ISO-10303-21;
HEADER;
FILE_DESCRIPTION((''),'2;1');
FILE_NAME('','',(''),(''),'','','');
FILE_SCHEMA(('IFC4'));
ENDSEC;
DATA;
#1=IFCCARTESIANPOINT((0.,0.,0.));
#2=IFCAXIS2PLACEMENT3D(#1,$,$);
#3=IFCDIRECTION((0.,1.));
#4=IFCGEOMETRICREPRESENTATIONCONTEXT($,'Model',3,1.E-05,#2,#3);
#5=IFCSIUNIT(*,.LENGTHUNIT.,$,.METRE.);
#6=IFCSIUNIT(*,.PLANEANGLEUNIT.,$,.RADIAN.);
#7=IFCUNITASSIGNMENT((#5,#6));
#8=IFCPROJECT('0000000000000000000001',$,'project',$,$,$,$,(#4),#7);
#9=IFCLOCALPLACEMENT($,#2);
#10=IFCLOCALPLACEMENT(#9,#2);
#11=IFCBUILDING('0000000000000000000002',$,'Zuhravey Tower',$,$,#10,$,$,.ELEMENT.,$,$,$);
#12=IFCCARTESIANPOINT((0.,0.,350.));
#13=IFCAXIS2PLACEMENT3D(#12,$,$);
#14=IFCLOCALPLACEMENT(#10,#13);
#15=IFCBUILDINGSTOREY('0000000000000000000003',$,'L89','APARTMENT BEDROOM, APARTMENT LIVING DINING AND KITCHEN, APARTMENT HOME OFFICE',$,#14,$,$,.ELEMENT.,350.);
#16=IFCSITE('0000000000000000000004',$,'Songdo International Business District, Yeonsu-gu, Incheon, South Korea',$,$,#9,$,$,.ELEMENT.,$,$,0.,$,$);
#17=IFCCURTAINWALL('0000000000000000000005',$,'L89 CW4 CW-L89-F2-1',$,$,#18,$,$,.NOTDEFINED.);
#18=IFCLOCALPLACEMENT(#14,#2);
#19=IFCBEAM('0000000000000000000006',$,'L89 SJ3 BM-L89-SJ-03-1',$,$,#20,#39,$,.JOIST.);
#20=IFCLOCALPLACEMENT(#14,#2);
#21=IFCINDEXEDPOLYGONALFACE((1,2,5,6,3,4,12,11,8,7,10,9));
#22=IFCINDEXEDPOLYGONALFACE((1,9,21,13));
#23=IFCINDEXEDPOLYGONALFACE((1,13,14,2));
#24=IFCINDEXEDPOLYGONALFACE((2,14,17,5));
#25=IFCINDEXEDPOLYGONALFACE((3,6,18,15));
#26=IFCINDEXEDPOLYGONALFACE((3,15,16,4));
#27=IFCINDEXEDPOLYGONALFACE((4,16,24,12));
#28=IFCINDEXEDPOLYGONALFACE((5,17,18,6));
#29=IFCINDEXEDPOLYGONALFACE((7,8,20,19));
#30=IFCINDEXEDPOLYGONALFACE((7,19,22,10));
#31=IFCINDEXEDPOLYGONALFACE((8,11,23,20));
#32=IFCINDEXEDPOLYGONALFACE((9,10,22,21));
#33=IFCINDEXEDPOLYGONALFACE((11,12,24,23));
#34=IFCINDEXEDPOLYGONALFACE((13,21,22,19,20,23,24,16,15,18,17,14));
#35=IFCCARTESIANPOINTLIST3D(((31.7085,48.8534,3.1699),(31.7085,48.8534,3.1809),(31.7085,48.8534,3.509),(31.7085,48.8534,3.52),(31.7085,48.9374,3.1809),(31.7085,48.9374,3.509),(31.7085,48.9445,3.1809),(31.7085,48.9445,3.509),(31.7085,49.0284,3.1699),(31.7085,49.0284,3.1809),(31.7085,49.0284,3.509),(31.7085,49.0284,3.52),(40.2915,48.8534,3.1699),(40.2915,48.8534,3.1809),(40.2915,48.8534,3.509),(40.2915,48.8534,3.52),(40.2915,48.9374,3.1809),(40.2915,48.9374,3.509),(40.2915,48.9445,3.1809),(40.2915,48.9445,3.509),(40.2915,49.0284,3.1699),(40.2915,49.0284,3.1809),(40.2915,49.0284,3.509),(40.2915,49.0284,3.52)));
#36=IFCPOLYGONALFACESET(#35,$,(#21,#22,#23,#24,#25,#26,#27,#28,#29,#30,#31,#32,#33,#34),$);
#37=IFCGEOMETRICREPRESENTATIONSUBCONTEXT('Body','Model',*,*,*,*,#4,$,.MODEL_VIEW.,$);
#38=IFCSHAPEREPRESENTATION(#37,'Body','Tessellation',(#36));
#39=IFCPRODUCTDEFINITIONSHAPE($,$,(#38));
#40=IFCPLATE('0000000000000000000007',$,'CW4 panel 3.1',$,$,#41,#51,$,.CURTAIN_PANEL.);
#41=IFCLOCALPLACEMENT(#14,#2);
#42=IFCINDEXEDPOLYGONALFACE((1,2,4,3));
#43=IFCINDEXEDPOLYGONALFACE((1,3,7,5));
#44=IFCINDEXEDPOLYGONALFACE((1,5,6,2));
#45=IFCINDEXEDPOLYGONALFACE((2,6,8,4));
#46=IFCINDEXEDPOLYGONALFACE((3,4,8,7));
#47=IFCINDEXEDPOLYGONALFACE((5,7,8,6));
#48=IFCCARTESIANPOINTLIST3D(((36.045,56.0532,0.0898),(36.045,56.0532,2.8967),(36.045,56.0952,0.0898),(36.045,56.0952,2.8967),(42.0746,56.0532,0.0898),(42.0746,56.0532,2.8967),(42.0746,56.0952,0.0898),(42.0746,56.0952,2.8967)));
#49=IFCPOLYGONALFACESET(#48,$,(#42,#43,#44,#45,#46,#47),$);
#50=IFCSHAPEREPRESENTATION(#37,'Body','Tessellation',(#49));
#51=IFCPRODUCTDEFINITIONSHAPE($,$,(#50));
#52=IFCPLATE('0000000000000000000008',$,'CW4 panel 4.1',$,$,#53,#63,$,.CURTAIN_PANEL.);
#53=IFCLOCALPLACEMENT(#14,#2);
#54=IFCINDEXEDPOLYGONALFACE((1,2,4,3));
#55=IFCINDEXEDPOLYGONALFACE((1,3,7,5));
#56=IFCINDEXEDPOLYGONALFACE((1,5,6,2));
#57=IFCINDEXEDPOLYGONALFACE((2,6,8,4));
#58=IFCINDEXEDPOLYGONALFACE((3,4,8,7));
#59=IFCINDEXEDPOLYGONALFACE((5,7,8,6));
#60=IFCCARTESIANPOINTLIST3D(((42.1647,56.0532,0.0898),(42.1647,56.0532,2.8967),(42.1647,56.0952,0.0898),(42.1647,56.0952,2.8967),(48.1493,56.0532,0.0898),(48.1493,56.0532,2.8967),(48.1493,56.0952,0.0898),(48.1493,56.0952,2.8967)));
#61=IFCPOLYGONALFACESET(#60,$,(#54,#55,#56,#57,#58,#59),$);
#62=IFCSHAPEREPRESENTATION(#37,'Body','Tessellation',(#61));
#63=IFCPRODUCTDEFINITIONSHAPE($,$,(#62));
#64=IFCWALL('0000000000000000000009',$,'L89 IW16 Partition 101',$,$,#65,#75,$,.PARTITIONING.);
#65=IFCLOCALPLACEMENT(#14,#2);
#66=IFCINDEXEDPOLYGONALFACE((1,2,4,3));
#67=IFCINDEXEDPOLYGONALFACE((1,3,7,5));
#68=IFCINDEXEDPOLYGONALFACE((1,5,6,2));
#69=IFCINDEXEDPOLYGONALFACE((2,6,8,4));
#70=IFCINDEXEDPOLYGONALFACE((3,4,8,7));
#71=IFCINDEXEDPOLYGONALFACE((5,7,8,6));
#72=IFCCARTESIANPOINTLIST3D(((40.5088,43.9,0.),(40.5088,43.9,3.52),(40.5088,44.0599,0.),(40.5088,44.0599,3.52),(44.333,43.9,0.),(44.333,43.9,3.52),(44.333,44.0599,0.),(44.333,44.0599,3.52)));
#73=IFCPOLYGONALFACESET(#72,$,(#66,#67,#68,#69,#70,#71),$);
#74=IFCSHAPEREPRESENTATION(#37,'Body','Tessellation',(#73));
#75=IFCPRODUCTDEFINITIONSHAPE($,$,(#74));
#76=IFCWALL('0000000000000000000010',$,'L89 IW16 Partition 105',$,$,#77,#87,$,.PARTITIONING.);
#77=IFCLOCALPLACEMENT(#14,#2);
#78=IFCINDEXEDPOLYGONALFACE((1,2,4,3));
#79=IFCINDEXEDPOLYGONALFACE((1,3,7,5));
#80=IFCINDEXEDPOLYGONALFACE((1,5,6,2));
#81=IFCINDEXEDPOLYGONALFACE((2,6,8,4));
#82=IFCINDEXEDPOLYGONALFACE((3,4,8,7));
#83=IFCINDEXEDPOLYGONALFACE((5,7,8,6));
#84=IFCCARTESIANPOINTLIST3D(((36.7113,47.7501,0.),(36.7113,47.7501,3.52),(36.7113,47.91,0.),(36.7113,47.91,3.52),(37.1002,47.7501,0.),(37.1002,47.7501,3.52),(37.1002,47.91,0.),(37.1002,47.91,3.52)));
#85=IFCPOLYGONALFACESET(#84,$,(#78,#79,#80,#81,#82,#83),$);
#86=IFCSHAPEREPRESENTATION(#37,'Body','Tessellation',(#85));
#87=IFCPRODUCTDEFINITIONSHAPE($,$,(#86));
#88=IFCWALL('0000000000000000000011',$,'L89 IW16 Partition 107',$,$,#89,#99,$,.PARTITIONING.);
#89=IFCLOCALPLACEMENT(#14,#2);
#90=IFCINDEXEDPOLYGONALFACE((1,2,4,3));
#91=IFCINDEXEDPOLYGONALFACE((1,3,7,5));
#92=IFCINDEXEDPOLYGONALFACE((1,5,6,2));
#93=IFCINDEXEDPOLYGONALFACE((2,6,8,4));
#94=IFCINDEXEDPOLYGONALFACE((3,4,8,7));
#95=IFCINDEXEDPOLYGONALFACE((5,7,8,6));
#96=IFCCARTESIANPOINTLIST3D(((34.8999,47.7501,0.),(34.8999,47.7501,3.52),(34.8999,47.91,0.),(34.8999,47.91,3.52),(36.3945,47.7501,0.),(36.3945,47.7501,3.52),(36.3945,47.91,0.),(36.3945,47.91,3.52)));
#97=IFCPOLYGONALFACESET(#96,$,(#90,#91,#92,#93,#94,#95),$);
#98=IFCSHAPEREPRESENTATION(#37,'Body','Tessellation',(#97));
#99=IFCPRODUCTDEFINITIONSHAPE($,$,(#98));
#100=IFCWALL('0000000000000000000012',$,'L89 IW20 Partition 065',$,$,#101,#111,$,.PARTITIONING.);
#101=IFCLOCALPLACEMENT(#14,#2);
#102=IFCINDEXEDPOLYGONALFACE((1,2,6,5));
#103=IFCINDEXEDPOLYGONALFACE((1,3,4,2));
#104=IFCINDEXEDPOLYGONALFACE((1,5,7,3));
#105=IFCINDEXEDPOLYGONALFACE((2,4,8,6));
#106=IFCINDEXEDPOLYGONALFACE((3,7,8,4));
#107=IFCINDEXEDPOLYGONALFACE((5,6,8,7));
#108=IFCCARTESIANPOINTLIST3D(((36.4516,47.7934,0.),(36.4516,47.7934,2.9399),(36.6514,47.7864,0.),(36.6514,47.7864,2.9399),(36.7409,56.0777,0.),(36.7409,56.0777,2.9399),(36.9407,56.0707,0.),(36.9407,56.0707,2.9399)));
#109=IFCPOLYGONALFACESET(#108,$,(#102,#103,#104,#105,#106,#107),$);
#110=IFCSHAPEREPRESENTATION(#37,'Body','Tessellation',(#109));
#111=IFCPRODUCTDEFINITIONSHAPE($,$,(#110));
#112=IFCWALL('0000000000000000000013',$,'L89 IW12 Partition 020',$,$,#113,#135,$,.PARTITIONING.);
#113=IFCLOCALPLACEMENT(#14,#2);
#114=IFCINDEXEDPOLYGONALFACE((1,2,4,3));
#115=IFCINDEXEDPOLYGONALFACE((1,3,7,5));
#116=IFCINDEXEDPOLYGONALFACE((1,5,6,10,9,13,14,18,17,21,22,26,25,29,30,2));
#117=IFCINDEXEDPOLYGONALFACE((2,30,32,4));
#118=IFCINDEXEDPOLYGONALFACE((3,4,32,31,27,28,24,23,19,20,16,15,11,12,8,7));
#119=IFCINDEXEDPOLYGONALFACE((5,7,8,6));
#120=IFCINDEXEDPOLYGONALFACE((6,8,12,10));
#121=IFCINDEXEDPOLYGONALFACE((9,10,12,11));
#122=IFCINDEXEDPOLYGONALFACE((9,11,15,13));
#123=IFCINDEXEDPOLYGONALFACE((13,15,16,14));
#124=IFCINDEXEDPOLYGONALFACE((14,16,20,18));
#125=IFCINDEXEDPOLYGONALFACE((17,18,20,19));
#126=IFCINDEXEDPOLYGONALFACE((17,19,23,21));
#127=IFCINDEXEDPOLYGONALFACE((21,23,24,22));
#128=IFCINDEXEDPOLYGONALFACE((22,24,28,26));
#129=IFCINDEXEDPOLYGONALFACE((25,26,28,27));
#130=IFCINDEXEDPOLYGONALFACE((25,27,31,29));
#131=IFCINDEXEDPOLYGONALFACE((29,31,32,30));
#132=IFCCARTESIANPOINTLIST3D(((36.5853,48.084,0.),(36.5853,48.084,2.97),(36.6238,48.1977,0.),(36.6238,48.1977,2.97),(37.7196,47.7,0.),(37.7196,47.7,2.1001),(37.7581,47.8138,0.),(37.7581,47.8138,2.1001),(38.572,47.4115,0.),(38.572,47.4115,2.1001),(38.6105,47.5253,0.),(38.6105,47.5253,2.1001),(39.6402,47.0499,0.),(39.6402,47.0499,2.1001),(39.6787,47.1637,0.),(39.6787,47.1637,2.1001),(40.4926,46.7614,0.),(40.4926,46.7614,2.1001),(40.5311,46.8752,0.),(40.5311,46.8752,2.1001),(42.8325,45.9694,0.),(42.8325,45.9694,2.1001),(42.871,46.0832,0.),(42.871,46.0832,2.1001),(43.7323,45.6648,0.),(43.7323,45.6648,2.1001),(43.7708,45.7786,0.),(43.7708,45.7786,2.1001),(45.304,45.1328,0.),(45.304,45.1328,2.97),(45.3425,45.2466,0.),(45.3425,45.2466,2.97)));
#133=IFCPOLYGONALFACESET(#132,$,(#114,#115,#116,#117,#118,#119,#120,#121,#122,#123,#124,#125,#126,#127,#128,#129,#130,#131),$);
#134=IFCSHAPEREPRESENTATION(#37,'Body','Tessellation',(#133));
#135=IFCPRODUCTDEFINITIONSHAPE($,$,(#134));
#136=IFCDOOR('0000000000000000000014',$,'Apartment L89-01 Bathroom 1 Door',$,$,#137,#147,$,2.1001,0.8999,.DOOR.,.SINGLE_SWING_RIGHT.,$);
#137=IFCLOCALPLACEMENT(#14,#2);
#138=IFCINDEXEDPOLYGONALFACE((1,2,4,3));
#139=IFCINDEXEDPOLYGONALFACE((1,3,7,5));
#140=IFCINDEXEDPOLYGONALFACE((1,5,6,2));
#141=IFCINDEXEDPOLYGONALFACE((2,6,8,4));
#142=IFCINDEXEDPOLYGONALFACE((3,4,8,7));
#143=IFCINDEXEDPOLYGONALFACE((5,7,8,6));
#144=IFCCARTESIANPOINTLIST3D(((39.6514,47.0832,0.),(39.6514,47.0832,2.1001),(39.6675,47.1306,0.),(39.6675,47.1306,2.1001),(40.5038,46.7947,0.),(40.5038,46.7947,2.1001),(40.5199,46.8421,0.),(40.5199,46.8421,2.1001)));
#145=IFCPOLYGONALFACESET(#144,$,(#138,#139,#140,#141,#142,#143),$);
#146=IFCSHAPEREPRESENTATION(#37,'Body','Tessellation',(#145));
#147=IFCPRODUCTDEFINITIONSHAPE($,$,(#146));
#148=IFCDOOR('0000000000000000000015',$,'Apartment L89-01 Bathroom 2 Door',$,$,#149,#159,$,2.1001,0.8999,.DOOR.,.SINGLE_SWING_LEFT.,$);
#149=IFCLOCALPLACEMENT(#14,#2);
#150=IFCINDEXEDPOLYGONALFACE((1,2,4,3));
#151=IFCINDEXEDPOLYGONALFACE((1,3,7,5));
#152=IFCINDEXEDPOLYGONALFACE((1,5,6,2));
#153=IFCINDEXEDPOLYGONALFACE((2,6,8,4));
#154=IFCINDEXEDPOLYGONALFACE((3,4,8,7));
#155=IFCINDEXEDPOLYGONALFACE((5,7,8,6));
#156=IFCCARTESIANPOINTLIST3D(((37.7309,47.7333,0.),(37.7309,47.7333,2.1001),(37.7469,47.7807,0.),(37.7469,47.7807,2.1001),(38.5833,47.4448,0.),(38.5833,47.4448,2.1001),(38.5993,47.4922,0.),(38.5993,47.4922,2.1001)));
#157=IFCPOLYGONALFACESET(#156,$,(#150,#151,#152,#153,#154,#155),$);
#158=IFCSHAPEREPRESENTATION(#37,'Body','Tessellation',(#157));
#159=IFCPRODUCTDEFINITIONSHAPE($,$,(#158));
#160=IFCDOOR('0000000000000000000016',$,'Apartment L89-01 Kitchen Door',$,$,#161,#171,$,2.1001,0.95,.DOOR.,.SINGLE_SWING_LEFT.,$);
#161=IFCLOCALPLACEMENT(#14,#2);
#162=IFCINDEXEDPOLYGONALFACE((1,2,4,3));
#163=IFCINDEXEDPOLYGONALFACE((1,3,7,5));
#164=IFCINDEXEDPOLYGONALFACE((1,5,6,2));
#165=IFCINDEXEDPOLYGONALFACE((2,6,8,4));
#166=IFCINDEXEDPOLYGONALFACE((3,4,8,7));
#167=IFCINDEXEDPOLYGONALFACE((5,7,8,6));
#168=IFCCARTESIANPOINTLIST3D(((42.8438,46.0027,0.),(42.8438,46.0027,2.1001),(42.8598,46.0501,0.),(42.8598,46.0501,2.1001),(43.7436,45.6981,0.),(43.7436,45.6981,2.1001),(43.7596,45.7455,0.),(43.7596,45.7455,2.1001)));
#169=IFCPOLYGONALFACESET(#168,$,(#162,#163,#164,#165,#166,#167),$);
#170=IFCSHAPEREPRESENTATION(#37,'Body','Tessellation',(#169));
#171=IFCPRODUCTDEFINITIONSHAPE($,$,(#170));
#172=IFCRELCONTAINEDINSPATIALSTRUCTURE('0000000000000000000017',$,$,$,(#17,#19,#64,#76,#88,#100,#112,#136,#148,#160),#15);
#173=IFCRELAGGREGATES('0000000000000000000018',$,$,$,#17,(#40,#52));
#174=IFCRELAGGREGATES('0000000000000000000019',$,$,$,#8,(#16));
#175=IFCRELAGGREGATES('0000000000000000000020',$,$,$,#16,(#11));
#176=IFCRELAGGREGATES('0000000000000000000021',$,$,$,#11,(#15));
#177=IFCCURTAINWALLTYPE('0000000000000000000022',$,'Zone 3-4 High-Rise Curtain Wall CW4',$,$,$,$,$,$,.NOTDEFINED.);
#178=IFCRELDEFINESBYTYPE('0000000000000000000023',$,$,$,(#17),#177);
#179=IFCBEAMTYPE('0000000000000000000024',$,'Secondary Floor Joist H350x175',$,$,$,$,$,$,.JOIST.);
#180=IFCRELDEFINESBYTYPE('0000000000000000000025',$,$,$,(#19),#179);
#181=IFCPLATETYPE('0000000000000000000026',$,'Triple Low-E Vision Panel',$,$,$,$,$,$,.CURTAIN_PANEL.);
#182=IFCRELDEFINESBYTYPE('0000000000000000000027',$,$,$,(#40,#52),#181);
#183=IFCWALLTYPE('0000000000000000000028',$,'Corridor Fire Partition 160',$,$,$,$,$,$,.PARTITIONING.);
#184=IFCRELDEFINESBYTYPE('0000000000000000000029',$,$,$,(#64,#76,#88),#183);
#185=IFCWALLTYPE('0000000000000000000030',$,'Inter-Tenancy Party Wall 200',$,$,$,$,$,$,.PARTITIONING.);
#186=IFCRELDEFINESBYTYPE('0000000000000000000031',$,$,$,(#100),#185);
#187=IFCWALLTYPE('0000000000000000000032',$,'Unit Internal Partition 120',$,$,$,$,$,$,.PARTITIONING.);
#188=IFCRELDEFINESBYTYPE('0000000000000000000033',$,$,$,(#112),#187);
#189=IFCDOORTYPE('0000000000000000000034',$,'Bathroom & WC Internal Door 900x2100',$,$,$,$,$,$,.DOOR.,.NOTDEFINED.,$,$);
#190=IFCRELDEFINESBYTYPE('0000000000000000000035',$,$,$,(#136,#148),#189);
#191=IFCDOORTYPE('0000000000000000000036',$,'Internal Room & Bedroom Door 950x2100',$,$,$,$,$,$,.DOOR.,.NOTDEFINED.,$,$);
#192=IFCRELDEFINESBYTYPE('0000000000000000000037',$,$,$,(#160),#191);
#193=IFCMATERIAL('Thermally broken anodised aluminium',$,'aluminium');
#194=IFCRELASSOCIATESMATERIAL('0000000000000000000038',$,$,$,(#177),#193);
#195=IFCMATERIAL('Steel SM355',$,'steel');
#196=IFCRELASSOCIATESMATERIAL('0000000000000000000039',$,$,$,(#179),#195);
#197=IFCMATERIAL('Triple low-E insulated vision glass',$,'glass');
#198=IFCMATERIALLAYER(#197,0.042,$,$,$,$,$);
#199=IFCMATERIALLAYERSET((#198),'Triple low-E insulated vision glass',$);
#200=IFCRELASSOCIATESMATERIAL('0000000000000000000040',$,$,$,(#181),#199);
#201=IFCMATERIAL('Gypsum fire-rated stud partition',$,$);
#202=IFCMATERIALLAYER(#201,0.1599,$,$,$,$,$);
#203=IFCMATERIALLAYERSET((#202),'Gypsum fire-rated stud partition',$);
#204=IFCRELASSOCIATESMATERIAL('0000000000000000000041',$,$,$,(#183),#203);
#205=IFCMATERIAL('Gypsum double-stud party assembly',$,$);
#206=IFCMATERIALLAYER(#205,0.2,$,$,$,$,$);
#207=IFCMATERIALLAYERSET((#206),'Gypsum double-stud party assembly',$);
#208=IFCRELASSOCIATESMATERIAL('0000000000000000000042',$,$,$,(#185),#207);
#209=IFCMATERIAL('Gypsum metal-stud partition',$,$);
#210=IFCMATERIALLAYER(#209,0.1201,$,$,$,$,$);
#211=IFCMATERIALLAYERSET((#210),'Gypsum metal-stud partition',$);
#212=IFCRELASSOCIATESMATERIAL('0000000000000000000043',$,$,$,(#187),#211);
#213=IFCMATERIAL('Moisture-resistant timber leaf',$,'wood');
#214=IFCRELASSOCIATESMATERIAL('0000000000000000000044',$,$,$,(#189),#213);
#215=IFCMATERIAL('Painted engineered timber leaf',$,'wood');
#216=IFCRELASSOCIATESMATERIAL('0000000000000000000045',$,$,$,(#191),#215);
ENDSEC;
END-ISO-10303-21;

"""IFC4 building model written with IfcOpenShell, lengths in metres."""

from ifc_helpers import new_model, si_unit, direction, frame, frame_2d, origin, origin_2d, place, context, subcontext, project, spatial, rectangle, i_section, extrude, material, layer, layer_set, material_profile, profile_set, type_object, element, fill, aggregate, save


model = new_model("IFC4")

# Units and contexts
model_context = context("Model", 3, precision=1e-05, world=origin(), true_north=direction((0.0, 1.0)))
body_context = subcontext(model_context, "Body", "Model", "MODEL_VIEW")
ifc_project = project(units=[si_unit("LENGTHUNIT", "METRE"), si_unit("PLANEANGLEUNIT", "RADIAN")], contexts=[model_context])

# Site, building, storey
site_placement = place(None, origin())
site = spatial("IfcSite", under=ifc_project, at=site_placement, Name="Songdo International Business District, Yeonsu-gu, Incheon, South Korea", CompositionType="ELEMENT", RefElevation=0.0)
building_placement = place(site_placement, origin())
building = spatial("IfcBuilding", under=site, at=building_placement, Name="Zuhravey Tower", CompositionType="ELEMENT")
storey_placement = place(building_placement, frame((0.0, 0.0, 350.0)))
storey = spatial("IfcBuildingStorey", under=building, at=storey_placement, Name="L89", Description="APARTMENT BEDROOM, APARTMENT LIVING DINING AND KITCHEN, APARTMENT HOME OFFICE", CompositionType="ELEMENT", Elevation=350.0)

# Curtain wall
ifc_material_1 = material(Name="Thermally broken anodised aluminium", Category="aluminium")
curtain_wall_type = type_object("IfcCurtainWallType", Name="Zone 3-4 High-Rise Curtain Wall CW4", PredefinedType="NOTDEFINED", material=ifc_material_1)
curtain_wall_placement = place(storey_placement, origin())
curtain_wall = element("IfcCurtainWall", 1, at=curtain_wall_placement, inside=storey, type_object=curtain_wall_type, Name="L89 CW4 CW-L89-F2-1", PredefinedType="NOTDEFINED")

# Beam
ifc_material_2 = material(Name="Steel SM355", Category="steel")
ifc_material_profile_1 = material_profile(ifc_material_2, i_section(OverallWidth=0.175, OverallDepth=0.3501, WebThickness=0.0071, FlangeThickness=0.011, at=origin_2d()), Name="H-350x175x7x11")
ifc_profile_set_1 = profile_set([ifc_material_profile_1], Name="Steel SM355")
beam_type_1 = type_object("IfcBeamType", Name="Secondary Floor Joist H350x175", PredefinedType="JOIST", material=ifc_profile_set_1)
beam_1_placement = place(storey_placement, frame((40.2915, 48.9409, 3.345), z_axis=(-1.0, 0.0, 0.0), x_axis=(0.0, -1.0, 0.0)))
element("IfcBeam", 2, at=beam_1_placement, inside=storey, type_object=beam_type_1, Name="L89 SJ3 BM-L89-SJ-03-1", PredefinedType="JOIST", context=body_context, shape_type="SweptSolid", body=[
    extrude(i_section(OverallWidth=0.175, OverallDepth=0.3501, WebThickness=0.0071, FlangeThickness=0.011, at=origin_2d()), origin(), (0.0, 0.0, 1.0), 8.583),
])

# Plates
ifc_material_3 = material(Name="Triple low-E insulated vision glass", Category="glass")
ifc_layer_1 = layer(ifc_material_3, 0.042)
ifc_layer_set_1 = layer_set([ifc_layer_1], Name="Triple low-E insulated vision glass")
plate_type = type_object("IfcPlateType", Name="Triple Low-E Vision Panel", PredefinedType="CURTAIN_PANEL", material=ifc_layer_set_1)
plate_1_placement = place(storey_placement, frame((39.0598, 56.0742, 0.0898), z_axis=(0.0, 0.0, 1.0), x_axis=(1.0, 0.0, 0.0)))
plate_1 = element("IfcPlate", 3, at=plate_1_placement, type_object=plate_type, Name="CW4 panel 3.1", PredefinedType="CURTAIN_PANEL", context=body_context, shape_type="SweptSolid", body=[
    extrude(rectangle(XDim=6.0295, YDim=0.042, at=origin_2d()), origin(), (0.0, 0.0, 1.0), 2.8069),
])
plate_2_placement = place(storey_placement, frame((45.157, 56.0742, 0.0898), z_axis=(0.0, 0.0, 1.0), x_axis=(1.0, 0.0, 0.0)))
plate_2 = element("IfcPlate", 4, at=plate_2_placement, type_object=plate_type, Name="CW4 panel 4.1", PredefinedType="CURTAIN_PANEL", context=body_context, shape_type="SweptSolid", body=[
    extrude(rectangle(XDim=5.9846, YDim=0.042, at=origin_2d()), origin(), (0.0, 0.0, 1.0), 2.8069),
])
aggregate(curtain_wall, [plate_1, plate_2])

# Walls
ifc_material_4 = material(Name="Gypsum fire-rated stud partition")
ifc_layer_2 = layer(ifc_material_4, 0.1599)
ifc_layer_set_2 = layer_set([ifc_layer_2], Name="Gypsum fire-rated stud partition")
wall_type_1 = type_object("IfcWallType", Name="Corridor Fire Partition 160", PredefinedType="PARTITIONING", material=ifc_layer_set_2)
wall_1_placement = place(storey_placement, frame((44.333, 43.98, 0.0), z_axis=(0.0, 0.0, 1.0), x_axis=(-1.0, 0.0, 0.0)))
element("IfcWall", 5, at=wall_1_placement, inside=storey, type_object=wall_type_1, Name="L89 IW16 Partition 101", PredefinedType="PARTITIONING", context=body_context, shape_type="SweptSolid", body=[
    extrude(rectangle(XDim=3.8242, YDim=0.1599, at=frame_2d((1.9121, 0.0))), origin(), (0.0, 0.0, 1.0), 3.52),
])
wall_2_placement = place(storey_placement, frame((37.1001, 47.8301, 0.0), z_axis=(0.0, 0.0, 1.0), x_axis=(-1.0, 0.0, 0.0)))
element("IfcWall", 6, at=wall_2_placement, inside=storey, type_object=wall_type_1, Name="L89 IW16 Partition 105", PredefinedType="PARTITIONING", context=body_context, shape_type="SweptSolid", body=[
    extrude(rectangle(XDim=0.3889, YDim=0.1599, at=frame_2d((0.1943, 0.0))), origin(), (0.0, 0.0, 1.0), 3.52),
])
wall_3_placement = place(storey_placement, frame((36.3945, 47.8301, 0.0), z_axis=(0.0, 0.0, 1.0), x_axis=(-1.0, 0.0, 0.0)))
element("IfcWall", 7, at=wall_3_placement, inside=storey, type_object=wall_type_1, Name="L89 IW16 Partition 107", PredefinedType="PARTITIONING", context=body_context, shape_type="SweptSolid", body=[
    extrude(rectangle(XDim=1.4946, YDim=0.1599, at=frame_2d((0.7473, 0.0))), origin(), (0.0, 0.0, 1.0), 3.52),
])
ifc_material_5 = material(Name="Gypsum double-stud party assembly")
ifc_layer_3 = layer(ifc_material_5, 0.2)
ifc_layer_set_3 = layer_set([ifc_layer_3], Name="Gypsum double-stud party assembly")
wall_type_2 = type_object("IfcWallType", Name="Inter-Tenancy Party Wall 200", PredefinedType="PARTITIONING", material=ifc_layer_set_3)
wall_4_placement = place(storey_placement, frame((36.5515, 47.79, 0.0), z_axis=(0.0, 0.0, 1.0), x_axis=(0.034902, 0.999391, 0.0)))
element("IfcWall", 8, at=wall_4_placement, inside=storey, type_object=wall_type_2, Name="L89 IW20 Partition 065", PredefinedType="PARTITIONING", context=body_context, shape_type="SweptSolid", body=[
    extrude(rectangle(XDim=8.2893, YDim=0.2, at=frame_2d((4.1445, 0.0))), origin(), (0.0, 0.0, 1.0), 2.9399),
])

# Wall, openings, doors
ifc_material_6 = material(Name="Gypsum metal-stud partition")
ifc_layer_4 = layer(ifc_material_6, 0.1201)
ifc_layer_set_4 = layer_set([ifc_layer_4], Name="Gypsum metal-stud partition")
wall_type_3 = type_object("IfcWallType", Name="Unit Internal Partition 120", PredefinedType="PARTITIONING", material=ifc_layer_set_4)
wall_5_placement = place(storey_placement, frame((45.3232, 45.1897, 0.0), z_axis=(0.0, 0.0, 1.0), x_axis=(-0.947209, 0.320617, 0.0)))
wall_5 = element("IfcWall", 9, at=wall_5_placement, inside=storey, type_object=wall_type_3, Name="L89 IW12 Partition 020", PredefinedType="PARTITIONING", context=body_context, shape_type="SweptSolid", body=[
    extrude(rectangle(XDim=9.2046, YDim=0.1201, at=frame_2d((4.6023, 0.0))), origin(), (0.0, 0.0, 1.0), 2.97),
])
opening_1_placement = place(wall_5_placement, frame((1.6592, 0.0, 0.0)))
opening_1 = element("IfcOpeningElement", 10, at=opening_1_placement, cuts=wall_5, PredefinedType="OPENING", context=body_context, shape_type="SweptSolid", body=[
    extrude(rectangle(XDim=0.95, YDim=2.1001, at=frame_2d((0.4751, 1.05))), frame((0.0, 0.072, 0.0), z_axis=(0.0, -1.0, 0.0), x_axis=(1.0, 0.0, 0.0)), (0.0, 0.0, 1.0), 0.144),
])
opening_2_placement = place(wall_5_placement, frame((5.0796, 0.0, 0.0)))
opening_2 = element("IfcOpeningElement", 11, at=opening_2_placement, cuts=wall_5, PredefinedType="OPENING", context=body_context, shape_type="SweptSolid", body=[
    extrude(rectangle(XDim=0.8999, YDim=2.1001, at=frame_2d((0.45, 1.05))), frame((0.0, 0.072, 0.0), z_axis=(0.0, -1.0, 0.0), x_axis=(1.0, 0.0, 0.0)), (0.0, 0.0, 1.0), 0.144),
])
opening_3_placement = place(wall_5_placement, frame((7.1072, 0.0, 0.0)))
opening_3 = element("IfcOpeningElement", 12, at=opening_3_placement, cuts=wall_5, PredefinedType="OPENING", context=body_context, shape_type="SweptSolid", body=[
    extrude(rectangle(XDim=0.8999, YDim=2.1001, at=frame_2d((0.45, 1.05))), frame((0.0, 0.072, 0.0), z_axis=(0.0, -1.0, 0.0), x_axis=(1.0, 0.0, 0.0)), (0.0, 0.0, 1.0), 0.144),
])
ifc_material_7 = material(Name="Moisture-resistant timber leaf", Category="wood")
door_type_1 = type_object("IfcDoorType", Name="Bathroom & WC Internal Door 900x2100", OperationType="NOTDEFINED", PredefinedType="DOOR", material=ifc_material_7)
door_1_placement = place(opening_2_placement, origin())
door_1 = element("IfcDoor", 13, at=door_1_placement, inside=storey, type_object=door_type_1, Name="Apartment L89-01 Bathroom 1 Door", OperationType="SINGLE_SWING_RIGHT", OverallHeight=2.1001, OverallWidth=0.8999, PredefinedType="DOOR", context=body_context, shape_type="SweptSolid", body=[
    extrude(rectangle(XDim=0.8999, YDim=2.1001, at=frame_2d((0.45, 1.05))), frame((0.0, 0.0249, 0.0), z_axis=(0.0, -1.0, 0.0), x_axis=(1.0, 0.0, 0.0)), (0.0, 0.0, 1.0), 0.05),
])
fill(opening_2, door_1)
door_2_placement = place(opening_3_placement, origin())
door_2 = element("IfcDoor", 14, at=door_2_placement, inside=storey, type_object=door_type_1, Name="Apartment L89-01 Bathroom 2 Door", OperationType="SINGLE_SWING_LEFT", OverallHeight=2.1001, OverallWidth=0.8999, PredefinedType="DOOR", context=body_context, shape_type="SweptSolid", body=[
    extrude(rectangle(XDim=0.8999, YDim=2.1001, at=frame_2d((0.45, 1.05))), frame((0.0, 0.0249, 0.0), z_axis=(0.0, -1.0, 0.0), x_axis=(1.0, 0.0, 0.0)), (0.0, 0.0, 1.0), 0.05),
])
fill(opening_3, door_2)
ifc_material_8 = material(Name="Painted engineered timber leaf", Category="wood")
door_type_2 = type_object("IfcDoorType", Name="Internal Room & Bedroom Door 950x2100", OperationType="NOTDEFINED", PredefinedType="DOOR", material=ifc_material_8)
door_3_placement = place(opening_1_placement, origin())
door_3 = element("IfcDoor", 15, at=door_3_placement, inside=storey, type_object=door_type_2, Name="Apartment L89-01 Kitchen Door", OperationType="SINGLE_SWING_LEFT", OverallHeight=2.1001, OverallWidth=0.95, PredefinedType="DOOR", context=body_context, shape_type="SweptSolid", body=[
    extrude(rectangle(XDim=0.95, YDim=2.1001, at=frame_2d((0.4751, 1.05))), frame((0.0, 0.0249, 0.0), z_axis=(0.0, -1.0, 0.0), x_axis=(1.0, 0.0, 0.0)), (0.0, 0.0, 1.0), 0.05),
])
fill(opening_1, door_3)

save(model, "model.ifc")
